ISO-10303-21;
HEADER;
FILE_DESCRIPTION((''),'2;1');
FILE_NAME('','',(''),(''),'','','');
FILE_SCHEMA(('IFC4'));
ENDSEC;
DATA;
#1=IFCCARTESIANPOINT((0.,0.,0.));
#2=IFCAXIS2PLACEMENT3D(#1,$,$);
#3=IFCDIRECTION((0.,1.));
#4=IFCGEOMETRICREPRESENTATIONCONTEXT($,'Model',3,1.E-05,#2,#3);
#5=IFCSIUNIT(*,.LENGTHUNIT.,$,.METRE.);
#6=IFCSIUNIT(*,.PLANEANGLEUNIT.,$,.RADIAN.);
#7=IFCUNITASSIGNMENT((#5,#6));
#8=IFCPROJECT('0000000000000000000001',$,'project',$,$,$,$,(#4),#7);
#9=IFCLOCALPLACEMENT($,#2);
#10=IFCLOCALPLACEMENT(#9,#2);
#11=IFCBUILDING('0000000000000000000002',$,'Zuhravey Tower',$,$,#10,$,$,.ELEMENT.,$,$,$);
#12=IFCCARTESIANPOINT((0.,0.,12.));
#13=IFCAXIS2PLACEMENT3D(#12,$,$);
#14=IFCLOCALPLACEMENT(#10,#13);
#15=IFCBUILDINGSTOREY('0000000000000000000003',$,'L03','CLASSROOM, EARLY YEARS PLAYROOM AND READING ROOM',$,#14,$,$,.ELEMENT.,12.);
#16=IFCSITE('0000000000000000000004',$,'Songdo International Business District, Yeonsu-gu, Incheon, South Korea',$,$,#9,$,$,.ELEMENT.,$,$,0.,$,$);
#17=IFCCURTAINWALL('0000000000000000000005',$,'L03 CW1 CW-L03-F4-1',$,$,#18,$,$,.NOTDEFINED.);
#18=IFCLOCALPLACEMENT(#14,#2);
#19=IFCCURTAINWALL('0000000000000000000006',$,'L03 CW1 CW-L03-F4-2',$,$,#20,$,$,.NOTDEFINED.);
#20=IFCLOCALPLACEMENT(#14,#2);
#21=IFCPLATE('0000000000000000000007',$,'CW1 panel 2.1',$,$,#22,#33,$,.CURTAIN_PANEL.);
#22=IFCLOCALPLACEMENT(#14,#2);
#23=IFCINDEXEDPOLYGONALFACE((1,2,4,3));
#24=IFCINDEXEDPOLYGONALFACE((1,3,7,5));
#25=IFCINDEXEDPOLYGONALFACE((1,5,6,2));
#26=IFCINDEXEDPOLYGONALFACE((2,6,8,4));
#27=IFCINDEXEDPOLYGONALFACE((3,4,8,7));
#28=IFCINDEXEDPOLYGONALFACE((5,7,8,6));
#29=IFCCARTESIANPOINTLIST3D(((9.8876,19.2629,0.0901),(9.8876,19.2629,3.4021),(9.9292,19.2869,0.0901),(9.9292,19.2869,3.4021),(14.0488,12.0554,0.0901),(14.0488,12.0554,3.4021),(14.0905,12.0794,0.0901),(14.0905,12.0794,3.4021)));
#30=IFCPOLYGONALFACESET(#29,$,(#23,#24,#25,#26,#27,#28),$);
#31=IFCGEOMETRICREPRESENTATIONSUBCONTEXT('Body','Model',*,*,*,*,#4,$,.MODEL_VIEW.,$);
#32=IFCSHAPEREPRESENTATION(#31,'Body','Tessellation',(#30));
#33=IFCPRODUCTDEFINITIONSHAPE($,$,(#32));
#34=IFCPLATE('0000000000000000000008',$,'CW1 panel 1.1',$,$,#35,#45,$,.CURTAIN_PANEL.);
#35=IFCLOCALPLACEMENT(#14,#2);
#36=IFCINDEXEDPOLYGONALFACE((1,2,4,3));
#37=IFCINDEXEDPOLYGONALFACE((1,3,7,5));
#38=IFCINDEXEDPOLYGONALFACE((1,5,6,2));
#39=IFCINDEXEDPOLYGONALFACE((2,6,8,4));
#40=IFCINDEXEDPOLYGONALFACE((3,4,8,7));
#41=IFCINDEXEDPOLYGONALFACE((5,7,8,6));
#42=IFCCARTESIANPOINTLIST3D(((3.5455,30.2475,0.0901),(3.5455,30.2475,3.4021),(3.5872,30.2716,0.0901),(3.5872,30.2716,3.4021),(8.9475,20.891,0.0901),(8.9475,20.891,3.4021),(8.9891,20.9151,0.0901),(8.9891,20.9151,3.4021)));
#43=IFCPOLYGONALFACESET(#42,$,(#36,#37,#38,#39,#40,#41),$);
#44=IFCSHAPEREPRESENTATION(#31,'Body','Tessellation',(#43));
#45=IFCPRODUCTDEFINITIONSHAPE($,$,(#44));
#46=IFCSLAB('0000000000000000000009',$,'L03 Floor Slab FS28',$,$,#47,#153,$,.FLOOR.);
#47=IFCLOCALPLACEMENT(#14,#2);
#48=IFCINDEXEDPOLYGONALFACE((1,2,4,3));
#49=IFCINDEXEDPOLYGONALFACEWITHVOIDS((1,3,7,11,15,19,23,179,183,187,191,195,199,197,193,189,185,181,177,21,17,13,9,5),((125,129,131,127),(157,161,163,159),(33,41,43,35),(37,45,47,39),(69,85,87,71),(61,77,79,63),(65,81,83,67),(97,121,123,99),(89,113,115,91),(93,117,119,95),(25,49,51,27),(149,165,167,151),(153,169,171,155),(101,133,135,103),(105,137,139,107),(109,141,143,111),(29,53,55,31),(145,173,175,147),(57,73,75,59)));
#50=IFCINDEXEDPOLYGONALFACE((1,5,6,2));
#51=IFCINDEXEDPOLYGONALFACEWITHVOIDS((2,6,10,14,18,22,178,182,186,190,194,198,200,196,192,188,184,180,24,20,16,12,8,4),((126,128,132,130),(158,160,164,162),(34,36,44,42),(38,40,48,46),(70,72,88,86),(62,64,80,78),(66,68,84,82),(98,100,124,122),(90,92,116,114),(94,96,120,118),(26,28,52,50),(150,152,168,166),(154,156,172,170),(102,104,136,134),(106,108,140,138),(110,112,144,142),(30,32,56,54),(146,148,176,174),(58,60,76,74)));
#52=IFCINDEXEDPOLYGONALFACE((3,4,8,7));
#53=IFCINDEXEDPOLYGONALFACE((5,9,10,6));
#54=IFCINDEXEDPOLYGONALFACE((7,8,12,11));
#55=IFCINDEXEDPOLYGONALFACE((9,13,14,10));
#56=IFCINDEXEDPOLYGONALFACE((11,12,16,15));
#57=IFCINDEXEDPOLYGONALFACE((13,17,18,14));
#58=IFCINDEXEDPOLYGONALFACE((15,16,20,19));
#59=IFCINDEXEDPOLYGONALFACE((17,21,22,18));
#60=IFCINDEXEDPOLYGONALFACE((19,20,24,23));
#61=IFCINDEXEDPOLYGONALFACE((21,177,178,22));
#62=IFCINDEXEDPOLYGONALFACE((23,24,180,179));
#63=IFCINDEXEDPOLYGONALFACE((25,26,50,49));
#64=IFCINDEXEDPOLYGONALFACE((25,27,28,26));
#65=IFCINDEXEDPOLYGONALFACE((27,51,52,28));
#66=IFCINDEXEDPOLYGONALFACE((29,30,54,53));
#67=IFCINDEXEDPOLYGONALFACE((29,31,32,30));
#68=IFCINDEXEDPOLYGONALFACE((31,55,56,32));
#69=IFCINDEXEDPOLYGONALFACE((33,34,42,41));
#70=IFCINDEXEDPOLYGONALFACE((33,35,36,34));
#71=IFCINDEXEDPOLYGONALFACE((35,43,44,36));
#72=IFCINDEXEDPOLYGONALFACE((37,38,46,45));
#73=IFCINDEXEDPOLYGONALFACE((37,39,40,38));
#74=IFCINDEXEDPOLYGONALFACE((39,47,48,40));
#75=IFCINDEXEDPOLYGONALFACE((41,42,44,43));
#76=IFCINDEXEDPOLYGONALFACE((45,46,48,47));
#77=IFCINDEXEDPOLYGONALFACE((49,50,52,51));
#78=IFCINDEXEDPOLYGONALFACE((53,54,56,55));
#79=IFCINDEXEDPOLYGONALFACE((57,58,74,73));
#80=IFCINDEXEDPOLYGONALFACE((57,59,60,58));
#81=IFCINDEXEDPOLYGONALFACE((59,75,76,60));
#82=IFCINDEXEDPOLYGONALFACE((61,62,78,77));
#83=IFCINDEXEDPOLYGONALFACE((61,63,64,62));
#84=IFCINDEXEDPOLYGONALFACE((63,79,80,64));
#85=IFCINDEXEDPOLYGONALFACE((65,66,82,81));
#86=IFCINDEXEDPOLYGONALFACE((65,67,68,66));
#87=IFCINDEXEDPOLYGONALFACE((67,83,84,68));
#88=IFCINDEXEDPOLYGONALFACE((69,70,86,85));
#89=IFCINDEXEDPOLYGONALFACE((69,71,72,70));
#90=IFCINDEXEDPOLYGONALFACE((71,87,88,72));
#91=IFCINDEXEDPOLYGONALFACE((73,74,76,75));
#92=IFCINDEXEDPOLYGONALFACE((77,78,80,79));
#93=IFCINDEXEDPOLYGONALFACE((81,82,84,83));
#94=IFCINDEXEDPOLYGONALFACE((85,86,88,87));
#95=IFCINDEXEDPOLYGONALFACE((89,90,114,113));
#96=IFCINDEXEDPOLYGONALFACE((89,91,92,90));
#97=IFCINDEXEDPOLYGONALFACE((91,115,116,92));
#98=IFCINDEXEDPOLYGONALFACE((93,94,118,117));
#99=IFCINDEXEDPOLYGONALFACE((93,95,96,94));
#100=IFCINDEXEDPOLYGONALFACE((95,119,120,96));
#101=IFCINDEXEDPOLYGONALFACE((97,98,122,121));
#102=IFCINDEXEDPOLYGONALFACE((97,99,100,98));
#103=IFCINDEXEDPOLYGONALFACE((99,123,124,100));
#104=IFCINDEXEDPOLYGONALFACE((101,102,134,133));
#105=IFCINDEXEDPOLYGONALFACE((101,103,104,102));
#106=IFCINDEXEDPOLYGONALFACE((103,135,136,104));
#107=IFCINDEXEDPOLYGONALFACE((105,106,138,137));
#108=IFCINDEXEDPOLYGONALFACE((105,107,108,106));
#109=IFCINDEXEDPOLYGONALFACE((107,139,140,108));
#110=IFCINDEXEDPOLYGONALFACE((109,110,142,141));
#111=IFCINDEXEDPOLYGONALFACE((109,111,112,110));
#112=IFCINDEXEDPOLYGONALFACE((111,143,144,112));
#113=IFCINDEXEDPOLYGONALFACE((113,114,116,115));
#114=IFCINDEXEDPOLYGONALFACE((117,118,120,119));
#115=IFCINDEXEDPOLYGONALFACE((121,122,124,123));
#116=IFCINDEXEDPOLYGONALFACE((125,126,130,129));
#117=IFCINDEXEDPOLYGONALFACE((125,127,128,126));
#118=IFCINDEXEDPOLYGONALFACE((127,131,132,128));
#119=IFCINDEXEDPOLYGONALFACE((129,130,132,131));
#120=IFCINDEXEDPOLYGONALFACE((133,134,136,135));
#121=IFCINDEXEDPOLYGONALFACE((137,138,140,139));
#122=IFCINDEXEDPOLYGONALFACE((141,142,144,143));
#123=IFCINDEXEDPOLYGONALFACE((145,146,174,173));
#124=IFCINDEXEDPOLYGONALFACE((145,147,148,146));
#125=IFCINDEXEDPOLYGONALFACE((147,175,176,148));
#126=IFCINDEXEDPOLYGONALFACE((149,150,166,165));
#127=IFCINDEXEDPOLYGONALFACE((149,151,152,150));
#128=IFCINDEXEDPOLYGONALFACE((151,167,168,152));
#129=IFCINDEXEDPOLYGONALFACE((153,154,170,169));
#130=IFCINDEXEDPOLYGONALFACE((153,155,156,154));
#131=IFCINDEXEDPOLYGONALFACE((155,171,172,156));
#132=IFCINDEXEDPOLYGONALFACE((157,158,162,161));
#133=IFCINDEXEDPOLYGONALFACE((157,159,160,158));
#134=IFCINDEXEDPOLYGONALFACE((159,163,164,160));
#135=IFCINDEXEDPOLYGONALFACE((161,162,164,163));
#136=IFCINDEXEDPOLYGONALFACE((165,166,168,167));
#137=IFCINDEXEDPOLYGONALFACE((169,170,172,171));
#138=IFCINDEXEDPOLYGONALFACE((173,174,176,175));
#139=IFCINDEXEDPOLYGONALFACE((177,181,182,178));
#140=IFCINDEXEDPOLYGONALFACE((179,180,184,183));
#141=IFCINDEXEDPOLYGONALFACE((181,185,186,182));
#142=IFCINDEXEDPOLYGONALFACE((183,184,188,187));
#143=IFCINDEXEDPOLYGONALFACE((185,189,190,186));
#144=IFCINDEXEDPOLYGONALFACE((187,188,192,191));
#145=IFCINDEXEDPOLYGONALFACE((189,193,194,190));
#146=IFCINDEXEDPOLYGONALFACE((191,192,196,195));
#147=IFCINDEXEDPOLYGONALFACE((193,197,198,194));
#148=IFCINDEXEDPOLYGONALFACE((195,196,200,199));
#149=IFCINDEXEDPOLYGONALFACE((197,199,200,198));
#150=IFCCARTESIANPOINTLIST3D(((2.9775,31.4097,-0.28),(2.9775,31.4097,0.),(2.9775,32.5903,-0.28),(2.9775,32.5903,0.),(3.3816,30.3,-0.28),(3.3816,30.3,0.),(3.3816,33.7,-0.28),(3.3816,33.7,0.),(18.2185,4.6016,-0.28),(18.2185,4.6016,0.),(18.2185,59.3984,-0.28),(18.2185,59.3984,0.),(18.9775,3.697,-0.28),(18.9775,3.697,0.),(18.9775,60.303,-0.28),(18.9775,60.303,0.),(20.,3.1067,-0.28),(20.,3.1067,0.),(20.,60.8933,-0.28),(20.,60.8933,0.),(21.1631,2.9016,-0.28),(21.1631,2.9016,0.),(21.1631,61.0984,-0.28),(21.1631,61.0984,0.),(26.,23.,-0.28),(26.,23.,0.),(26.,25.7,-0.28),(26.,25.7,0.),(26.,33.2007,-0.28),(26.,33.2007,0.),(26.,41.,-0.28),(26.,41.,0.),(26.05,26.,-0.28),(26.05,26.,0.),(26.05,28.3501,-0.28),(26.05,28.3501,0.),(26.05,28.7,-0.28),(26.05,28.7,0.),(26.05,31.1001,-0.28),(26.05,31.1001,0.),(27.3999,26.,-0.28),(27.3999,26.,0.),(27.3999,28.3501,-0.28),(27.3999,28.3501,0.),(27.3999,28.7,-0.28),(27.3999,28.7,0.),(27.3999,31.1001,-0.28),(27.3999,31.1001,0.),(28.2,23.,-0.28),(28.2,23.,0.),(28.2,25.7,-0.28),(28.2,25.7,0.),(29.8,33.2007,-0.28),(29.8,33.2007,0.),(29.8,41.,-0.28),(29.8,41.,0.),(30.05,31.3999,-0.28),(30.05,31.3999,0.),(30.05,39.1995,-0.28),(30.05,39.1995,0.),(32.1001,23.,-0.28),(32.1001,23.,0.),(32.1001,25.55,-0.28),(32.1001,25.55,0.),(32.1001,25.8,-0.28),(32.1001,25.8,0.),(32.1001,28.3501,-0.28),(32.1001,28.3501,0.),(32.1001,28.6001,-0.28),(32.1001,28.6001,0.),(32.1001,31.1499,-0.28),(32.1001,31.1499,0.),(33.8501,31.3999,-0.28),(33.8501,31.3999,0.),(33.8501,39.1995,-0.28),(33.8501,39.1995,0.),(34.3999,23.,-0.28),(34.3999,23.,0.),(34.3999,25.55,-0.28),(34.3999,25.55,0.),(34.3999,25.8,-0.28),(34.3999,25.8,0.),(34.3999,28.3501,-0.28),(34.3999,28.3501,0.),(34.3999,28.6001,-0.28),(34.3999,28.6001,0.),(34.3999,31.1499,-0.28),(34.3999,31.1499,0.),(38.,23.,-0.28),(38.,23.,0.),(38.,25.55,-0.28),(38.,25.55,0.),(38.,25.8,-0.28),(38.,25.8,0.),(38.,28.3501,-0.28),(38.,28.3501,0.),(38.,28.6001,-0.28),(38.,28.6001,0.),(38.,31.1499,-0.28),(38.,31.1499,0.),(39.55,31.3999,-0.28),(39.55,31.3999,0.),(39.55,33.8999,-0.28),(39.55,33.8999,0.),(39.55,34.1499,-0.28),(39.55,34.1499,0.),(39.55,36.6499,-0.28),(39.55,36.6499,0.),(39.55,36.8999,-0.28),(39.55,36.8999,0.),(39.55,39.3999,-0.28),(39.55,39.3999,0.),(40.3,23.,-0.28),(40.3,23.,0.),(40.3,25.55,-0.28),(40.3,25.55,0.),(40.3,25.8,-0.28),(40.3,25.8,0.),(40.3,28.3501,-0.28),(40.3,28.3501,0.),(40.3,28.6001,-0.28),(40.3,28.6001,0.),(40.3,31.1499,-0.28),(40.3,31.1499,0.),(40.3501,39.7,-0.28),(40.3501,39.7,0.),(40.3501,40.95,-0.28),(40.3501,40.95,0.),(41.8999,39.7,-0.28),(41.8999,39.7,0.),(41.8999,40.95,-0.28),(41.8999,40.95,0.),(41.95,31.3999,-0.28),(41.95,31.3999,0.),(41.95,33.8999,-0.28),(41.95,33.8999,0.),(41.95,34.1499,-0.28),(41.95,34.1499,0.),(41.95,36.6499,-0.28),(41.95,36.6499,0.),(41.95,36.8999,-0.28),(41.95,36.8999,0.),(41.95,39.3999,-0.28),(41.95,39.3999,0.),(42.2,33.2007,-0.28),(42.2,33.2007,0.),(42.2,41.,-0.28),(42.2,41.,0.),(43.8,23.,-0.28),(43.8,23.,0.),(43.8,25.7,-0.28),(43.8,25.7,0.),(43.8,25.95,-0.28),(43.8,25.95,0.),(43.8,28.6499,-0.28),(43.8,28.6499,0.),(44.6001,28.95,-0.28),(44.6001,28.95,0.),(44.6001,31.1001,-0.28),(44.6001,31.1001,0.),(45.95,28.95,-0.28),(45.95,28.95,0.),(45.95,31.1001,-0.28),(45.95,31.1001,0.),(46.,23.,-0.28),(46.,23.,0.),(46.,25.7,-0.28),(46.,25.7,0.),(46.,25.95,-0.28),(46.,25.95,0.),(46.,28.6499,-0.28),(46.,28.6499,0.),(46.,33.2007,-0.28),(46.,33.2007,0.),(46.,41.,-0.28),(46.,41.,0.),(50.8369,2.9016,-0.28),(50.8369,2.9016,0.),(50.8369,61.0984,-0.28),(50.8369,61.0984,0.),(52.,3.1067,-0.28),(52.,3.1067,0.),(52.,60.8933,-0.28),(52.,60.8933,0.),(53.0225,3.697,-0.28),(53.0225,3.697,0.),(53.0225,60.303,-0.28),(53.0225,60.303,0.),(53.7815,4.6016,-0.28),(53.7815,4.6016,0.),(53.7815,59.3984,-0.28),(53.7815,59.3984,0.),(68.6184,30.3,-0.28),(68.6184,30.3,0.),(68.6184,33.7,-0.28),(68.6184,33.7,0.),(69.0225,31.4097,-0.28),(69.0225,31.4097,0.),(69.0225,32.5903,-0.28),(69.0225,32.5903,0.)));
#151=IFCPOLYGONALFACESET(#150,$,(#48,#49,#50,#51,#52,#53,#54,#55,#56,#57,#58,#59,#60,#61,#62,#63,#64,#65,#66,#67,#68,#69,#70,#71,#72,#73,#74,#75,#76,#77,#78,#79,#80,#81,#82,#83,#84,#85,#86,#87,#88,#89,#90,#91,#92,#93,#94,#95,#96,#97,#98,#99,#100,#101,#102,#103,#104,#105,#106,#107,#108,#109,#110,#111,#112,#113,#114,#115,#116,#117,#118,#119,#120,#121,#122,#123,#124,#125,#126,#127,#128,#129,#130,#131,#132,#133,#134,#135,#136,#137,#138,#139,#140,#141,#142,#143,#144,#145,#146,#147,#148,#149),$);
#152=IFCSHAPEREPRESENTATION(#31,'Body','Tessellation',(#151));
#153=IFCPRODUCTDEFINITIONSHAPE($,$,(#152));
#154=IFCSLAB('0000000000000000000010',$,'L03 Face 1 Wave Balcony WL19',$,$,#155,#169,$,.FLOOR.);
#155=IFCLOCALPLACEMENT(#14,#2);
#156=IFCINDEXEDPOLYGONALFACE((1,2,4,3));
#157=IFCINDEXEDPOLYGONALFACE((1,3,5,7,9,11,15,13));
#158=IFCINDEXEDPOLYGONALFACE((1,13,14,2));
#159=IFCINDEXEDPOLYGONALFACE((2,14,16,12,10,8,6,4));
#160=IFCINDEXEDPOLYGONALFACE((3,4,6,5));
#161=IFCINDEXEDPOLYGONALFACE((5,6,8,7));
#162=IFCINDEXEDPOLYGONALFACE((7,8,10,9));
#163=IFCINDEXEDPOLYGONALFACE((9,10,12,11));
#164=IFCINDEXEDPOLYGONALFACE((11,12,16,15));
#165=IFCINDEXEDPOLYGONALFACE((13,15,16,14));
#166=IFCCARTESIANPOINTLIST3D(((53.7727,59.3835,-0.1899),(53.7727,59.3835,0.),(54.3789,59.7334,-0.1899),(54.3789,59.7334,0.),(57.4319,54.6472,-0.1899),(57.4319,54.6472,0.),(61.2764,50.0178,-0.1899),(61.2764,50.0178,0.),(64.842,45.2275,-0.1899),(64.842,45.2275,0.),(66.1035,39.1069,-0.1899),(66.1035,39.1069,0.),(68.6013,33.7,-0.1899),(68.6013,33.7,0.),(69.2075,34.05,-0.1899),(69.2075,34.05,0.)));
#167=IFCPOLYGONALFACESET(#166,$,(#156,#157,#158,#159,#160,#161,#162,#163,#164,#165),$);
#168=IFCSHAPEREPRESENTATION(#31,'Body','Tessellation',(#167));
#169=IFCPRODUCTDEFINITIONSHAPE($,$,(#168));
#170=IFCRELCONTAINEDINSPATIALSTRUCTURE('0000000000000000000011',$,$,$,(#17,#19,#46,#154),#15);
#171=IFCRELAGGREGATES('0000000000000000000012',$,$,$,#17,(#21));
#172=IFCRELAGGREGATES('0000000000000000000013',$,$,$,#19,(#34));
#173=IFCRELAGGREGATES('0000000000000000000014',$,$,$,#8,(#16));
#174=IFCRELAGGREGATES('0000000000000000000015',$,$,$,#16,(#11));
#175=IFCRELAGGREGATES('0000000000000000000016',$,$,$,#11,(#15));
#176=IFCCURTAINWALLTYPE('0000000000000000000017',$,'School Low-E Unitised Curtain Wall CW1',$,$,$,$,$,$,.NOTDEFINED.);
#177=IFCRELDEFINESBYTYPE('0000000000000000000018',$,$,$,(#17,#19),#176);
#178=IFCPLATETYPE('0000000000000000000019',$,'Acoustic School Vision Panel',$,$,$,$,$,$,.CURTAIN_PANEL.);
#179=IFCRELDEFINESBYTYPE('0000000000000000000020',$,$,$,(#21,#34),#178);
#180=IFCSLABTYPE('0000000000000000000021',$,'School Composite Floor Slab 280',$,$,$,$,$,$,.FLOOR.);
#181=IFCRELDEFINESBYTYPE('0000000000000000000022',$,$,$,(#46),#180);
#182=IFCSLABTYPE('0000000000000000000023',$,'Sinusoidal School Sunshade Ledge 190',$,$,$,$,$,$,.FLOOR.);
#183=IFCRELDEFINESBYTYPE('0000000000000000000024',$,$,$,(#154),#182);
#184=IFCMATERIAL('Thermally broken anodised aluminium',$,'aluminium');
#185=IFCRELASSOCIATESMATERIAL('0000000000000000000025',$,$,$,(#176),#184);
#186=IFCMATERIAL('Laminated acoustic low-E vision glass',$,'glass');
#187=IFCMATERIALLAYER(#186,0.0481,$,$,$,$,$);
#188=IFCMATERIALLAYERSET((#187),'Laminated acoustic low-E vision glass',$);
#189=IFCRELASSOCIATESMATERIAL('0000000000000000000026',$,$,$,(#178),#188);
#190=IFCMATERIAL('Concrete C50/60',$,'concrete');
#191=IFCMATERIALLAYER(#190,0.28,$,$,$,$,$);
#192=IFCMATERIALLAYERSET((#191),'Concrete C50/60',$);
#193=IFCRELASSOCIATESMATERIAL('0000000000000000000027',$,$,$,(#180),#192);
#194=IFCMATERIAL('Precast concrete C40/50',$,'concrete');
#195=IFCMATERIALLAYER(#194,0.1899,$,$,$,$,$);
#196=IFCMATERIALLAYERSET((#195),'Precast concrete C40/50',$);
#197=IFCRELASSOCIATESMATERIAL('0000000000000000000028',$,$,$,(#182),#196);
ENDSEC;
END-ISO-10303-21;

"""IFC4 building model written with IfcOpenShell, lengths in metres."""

from ifc_helpers import new_model, si_unit, direction, frame, origin, origin_2d, place, context, subcontext, project, spatial, polyline, rectangle, outline, extrude, material, layer, layer_set, type_object, element, aggregate, save


model = new_model("IFC4")

# Units and contexts
model_context = context("Model", 3, precision=1e-05, world=origin(), true_north=direction((0.0, 1.0)))
body_context = subcontext(model_context, "Body", "Model", "MODEL_VIEW")
ifc_project = project(units=[si_unit("LENGTHUNIT", "METRE"), si_unit("PLANEANGLEUNIT", "RADIAN")], contexts=[model_context])

# Site, building, storey
site_placement = place(None, origin())
site = spatial("IfcSite", under=ifc_project, at=site_placement, Name="Songdo International Business District, Yeonsu-gu, Incheon, South Korea", CompositionType="ELEMENT", RefElevation=0.0)
building_placement = place(site_placement, origin())
building = spatial("IfcBuilding", under=site, at=building_placement, Name="Zuhravey Tower", CompositionType="ELEMENT")
storey_placement = place(building_placement, frame((0.0, 0.0, 12.0)))
storey = spatial("IfcBuildingStorey", under=building, at=storey_placement, Name="L03", Description="CLASSROOM, EARLY YEARS PLAYROOM AND READING ROOM", CompositionType="ELEMENT", Elevation=12.0)

# Curtain walls
ifc_material_1 = material(Name="Thermally broken anodised aluminium", Category="aluminium")
curtain_wall_type = type_object("IfcCurtainWallType", Name="School Low-E Unitised Curtain Wall CW1", PredefinedType="NOTDEFINED", material=ifc_material_1)
curtain_wall_1_placement = place(storey_placement, origin())
curtain_wall_1 = element("IfcCurtainWall", 1, at=curtain_wall_1_placement, inside=storey, type_object=curtain_wall_type, Name="L03 CW1 CW-L03-F4-1", PredefinedType="NOTDEFINED")
curtain_wall_2_placement = place(storey_placement, origin())
curtain_wall_2 = element("IfcCurtainWall", 2, at=curtain_wall_2_placement, inside=storey, type_object=curtain_wall_type, Name="L03 CW1 CW-L03-F4-2", PredefinedType="NOTDEFINED")

# Plates
ifc_material_2 = material(Name="Laminated acoustic low-E vision glass", Category="glass")
ifc_layer_1 = layer(ifc_material_2, 0.0481)
ifc_layer_set_1 = layer_set([ifc_layer_1], Name="Laminated acoustic low-E vision glass")
plate_type = type_object("IfcPlateType", Name="Acoustic School Vision Panel", PredefinedType="CURTAIN_PANEL", material=ifc_layer_set_1)
plate_1_placement = place(storey_placement, frame((11.989, 15.6711, 0.0901), z_axis=(0.0, 0.0, 1.0), x_axis=(-0.5, 0.866026, 0.0)))
plate_1 = element("IfcPlate", 3, at=plate_1_placement, type_object=plate_type, Name="CW1 panel 2.1", PredefinedType="CURTAIN_PANEL", context=body_context, shape_type="SweptSolid", body=[
    extrude(rectangle(XDim=8.3225, YDim=0.0481, at=origin_2d()), origin(), (0.0, 0.0, 1.0), 3.312),
])
aggregate(curtain_wall_1, [plate_1])
plate_2_placement = place(storey_placement, frame((6.2673, 25.5813, 0.0901), z_axis=(0.0, 0.0, 1.0), x_axis=(-0.499998, 0.866027, 0.0)))
plate_2 = element("IfcPlate", 4, at=plate_2_placement, type_object=plate_type, Name="CW1 panel 1.1", PredefinedType="CURTAIN_PANEL", context=body_context, shape_type="SweptSolid", body=[
    extrude(rectangle(XDim=10.804, YDim=0.0481, at=origin_2d()), origin(), (0.0, 0.0, 1.0), 3.312),
])
aggregate(curtain_wall_2, [plate_2])

# Slabs
ifc_material_3 = material(Name="Concrete C50/60", Category="concrete")
ifc_layer_2 = layer(ifc_material_3, 0.28)
ifc_layer_set_2 = layer_set([ifc_layer_2], Name="Concrete C50/60")
slab_type_1 = type_object("IfcSlabType", Name="School Composite Floor Slab 280", PredefinedType="FLOOR", material=ifc_layer_set_2)
slab_1_placement = place(storey_placement, frame((0.0, 0.0, -0.28)))
element("IfcSlab", 5, at=slab_1_placement, inside=storey, type_object=slab_type_1, Name="L03 Floor Slab FS28", PredefinedType="FLOOR", context=body_context, shape_type="SweptSolid", body=[
    extrude(outline(polyline([(68.6184, 30.3), (69.0225, 31.4097), (69.0225, 32.5903), (68.6184, 33.7), (53.7815, 59.3984), (53.0225, 60.303), (52.0, 60.8933), (50.8369, 61.0984), (21.1631, 61.0984), (20.0, 60.8933), (18.9775, 60.303), (18.2185, 59.3984), (3.3816, 33.7), (2.9775, 32.5903), (2.9775, 31.4097), (3.3816, 30.3), (18.2185, 4.6016), (18.9775, 3.697), (20.0, 3.1067), (21.1631, 2.9016), (50.8369, 2.9016), (52.0, 3.1067), (53.0225, 3.697), (53.7815, 4.6016), (68.6184, 30.3)]), holes=[polyline([(29.8, 33.2007), (29.8, 41.0), (26.0, 41.0), (26.0, 33.2007), (29.8, 33.2007)]), polyline([(46.0, 33.2007), (46.0, 41.0), (42.2, 41.0), (42.2, 33.2007), (46.0, 33.2007)]), polyline([(30.05, 39.1995), (30.05, 31.3999), (33.8501, 31.3999), (33.8501, 39.1995), (30.05, 39.1995)]), polyline([(32.1001, 23.0), (34.3999, 23.0), (34.3999, 25.55), (32.1001, 25.55), (32.1001, 23.0)]), polyline([(32.1001, 25.8), (34.3999, 25.8), (34.3999, 28.3501), (32.1001, 28.3501), (32.1001, 25.8)]), polyline([(32.1001, 28.6001), (34.3999, 28.6001), (34.3999, 31.1499), (32.1001, 31.1499), (32.1001, 28.6001)]), polyline([(38.0, 23.0), (40.3, 23.0), (40.3, 25.55), (38.0, 25.55), (38.0, 23.0)]), polyline([(38.0, 25.8), (40.3, 25.8), (40.3, 28.3501), (38.0, 28.3501), (38.0, 25.8)]), polyline([(38.0, 28.6001), (40.3, 28.6001), (40.3, 31.1499), (38.0, 31.1499), (38.0, 28.6001)]), polyline([(39.55, 31.3999), (41.95, 31.3999), (41.95, 33.8999), (39.55, 33.8999), (39.55, 31.3999)]), polyline([(39.55, 34.1499), (41.95, 34.1499), (41.95, 36.6499), (39.55, 36.6499), (39.55, 34.1499)]), polyline([(39.55, 36.8999), (41.95, 36.8999), (41.95, 39.3999), (39.55, 39.3999), (39.55, 36.8999)]), polyline([(26.0, 23.0), (28.2, 23.0), (28.2, 25.7), (26.0, 25.7), (26.0, 23.0)]), polyline([(43.8, 23.0), (46.0, 23.0), (46.0, 25.7), (43.8, 25.7), (43.8, 23.0)]), polyline([(43.8, 25.95), (46.0, 25.95), (46.0, 28.6499), (43.8, 28.6499), (43.8, 25.95)]), polyline([(26.05, 26.0), (27.3999, 26.0), (27.3999, 28.3501), (26.05, 28.3501), (26.05, 26.0)]), polyline([(26.05, 28.7), (27.3999, 28.7), (27.3999, 31.1001), (26.05, 31.1001), (26.05, 28.7)]), polyline([(44.6001, 28.95), (45.95, 28.95), (45.95, 31.1001), (44.6001, 31.1001), (44.6001, 28.95)]), polyline([(40.3501, 39.7), (41.8999, 39.7), (41.8999, 40.95), (40.3501, 40.95), (40.3501, 39.7)])]), origin(), (0.0, 0.0, 1.0), 0.28),
])
ifc_material_4 = material(Name="Precast concrete C40/50", Category="concrete")
ifc_layer_3 = layer(ifc_material_4, 0.1899)
ifc_layer_set_3 = layer_set([ifc_layer_3], Name="Precast concrete C40/50")
slab_type_2 = type_object("IfcSlabType", Name="Sinusoidal School Sunshade Ledge 190", PredefinedType="FLOOR", material=ifc_layer_set_3)
slab_2_placement = place(storey_placement, frame((0.0, 0.0, -0.1899)))
element("IfcSlab", 6, at=slab_2_placement, inside=storey, type_object=slab_type_2, Name="L03 Face 1 Wave Balcony WL19", PredefinedType="FLOOR", context=body_context, shape_type="SweptSolid", body=[
    extrude(outline(polyline([(68.6013, 33.7), (53.7727, 59.3835), (54.3789, 59.7334), (57.4319, 54.6472), (61.2764, 50.0178), (64.842, 45.2275), (66.1035, 39.1069), (69.2075, 34.05), (68.6013, 33.7)])), origin(), (0.0, 0.0, 1.0), 0.1899),
])

save(model, "model.ifc")
